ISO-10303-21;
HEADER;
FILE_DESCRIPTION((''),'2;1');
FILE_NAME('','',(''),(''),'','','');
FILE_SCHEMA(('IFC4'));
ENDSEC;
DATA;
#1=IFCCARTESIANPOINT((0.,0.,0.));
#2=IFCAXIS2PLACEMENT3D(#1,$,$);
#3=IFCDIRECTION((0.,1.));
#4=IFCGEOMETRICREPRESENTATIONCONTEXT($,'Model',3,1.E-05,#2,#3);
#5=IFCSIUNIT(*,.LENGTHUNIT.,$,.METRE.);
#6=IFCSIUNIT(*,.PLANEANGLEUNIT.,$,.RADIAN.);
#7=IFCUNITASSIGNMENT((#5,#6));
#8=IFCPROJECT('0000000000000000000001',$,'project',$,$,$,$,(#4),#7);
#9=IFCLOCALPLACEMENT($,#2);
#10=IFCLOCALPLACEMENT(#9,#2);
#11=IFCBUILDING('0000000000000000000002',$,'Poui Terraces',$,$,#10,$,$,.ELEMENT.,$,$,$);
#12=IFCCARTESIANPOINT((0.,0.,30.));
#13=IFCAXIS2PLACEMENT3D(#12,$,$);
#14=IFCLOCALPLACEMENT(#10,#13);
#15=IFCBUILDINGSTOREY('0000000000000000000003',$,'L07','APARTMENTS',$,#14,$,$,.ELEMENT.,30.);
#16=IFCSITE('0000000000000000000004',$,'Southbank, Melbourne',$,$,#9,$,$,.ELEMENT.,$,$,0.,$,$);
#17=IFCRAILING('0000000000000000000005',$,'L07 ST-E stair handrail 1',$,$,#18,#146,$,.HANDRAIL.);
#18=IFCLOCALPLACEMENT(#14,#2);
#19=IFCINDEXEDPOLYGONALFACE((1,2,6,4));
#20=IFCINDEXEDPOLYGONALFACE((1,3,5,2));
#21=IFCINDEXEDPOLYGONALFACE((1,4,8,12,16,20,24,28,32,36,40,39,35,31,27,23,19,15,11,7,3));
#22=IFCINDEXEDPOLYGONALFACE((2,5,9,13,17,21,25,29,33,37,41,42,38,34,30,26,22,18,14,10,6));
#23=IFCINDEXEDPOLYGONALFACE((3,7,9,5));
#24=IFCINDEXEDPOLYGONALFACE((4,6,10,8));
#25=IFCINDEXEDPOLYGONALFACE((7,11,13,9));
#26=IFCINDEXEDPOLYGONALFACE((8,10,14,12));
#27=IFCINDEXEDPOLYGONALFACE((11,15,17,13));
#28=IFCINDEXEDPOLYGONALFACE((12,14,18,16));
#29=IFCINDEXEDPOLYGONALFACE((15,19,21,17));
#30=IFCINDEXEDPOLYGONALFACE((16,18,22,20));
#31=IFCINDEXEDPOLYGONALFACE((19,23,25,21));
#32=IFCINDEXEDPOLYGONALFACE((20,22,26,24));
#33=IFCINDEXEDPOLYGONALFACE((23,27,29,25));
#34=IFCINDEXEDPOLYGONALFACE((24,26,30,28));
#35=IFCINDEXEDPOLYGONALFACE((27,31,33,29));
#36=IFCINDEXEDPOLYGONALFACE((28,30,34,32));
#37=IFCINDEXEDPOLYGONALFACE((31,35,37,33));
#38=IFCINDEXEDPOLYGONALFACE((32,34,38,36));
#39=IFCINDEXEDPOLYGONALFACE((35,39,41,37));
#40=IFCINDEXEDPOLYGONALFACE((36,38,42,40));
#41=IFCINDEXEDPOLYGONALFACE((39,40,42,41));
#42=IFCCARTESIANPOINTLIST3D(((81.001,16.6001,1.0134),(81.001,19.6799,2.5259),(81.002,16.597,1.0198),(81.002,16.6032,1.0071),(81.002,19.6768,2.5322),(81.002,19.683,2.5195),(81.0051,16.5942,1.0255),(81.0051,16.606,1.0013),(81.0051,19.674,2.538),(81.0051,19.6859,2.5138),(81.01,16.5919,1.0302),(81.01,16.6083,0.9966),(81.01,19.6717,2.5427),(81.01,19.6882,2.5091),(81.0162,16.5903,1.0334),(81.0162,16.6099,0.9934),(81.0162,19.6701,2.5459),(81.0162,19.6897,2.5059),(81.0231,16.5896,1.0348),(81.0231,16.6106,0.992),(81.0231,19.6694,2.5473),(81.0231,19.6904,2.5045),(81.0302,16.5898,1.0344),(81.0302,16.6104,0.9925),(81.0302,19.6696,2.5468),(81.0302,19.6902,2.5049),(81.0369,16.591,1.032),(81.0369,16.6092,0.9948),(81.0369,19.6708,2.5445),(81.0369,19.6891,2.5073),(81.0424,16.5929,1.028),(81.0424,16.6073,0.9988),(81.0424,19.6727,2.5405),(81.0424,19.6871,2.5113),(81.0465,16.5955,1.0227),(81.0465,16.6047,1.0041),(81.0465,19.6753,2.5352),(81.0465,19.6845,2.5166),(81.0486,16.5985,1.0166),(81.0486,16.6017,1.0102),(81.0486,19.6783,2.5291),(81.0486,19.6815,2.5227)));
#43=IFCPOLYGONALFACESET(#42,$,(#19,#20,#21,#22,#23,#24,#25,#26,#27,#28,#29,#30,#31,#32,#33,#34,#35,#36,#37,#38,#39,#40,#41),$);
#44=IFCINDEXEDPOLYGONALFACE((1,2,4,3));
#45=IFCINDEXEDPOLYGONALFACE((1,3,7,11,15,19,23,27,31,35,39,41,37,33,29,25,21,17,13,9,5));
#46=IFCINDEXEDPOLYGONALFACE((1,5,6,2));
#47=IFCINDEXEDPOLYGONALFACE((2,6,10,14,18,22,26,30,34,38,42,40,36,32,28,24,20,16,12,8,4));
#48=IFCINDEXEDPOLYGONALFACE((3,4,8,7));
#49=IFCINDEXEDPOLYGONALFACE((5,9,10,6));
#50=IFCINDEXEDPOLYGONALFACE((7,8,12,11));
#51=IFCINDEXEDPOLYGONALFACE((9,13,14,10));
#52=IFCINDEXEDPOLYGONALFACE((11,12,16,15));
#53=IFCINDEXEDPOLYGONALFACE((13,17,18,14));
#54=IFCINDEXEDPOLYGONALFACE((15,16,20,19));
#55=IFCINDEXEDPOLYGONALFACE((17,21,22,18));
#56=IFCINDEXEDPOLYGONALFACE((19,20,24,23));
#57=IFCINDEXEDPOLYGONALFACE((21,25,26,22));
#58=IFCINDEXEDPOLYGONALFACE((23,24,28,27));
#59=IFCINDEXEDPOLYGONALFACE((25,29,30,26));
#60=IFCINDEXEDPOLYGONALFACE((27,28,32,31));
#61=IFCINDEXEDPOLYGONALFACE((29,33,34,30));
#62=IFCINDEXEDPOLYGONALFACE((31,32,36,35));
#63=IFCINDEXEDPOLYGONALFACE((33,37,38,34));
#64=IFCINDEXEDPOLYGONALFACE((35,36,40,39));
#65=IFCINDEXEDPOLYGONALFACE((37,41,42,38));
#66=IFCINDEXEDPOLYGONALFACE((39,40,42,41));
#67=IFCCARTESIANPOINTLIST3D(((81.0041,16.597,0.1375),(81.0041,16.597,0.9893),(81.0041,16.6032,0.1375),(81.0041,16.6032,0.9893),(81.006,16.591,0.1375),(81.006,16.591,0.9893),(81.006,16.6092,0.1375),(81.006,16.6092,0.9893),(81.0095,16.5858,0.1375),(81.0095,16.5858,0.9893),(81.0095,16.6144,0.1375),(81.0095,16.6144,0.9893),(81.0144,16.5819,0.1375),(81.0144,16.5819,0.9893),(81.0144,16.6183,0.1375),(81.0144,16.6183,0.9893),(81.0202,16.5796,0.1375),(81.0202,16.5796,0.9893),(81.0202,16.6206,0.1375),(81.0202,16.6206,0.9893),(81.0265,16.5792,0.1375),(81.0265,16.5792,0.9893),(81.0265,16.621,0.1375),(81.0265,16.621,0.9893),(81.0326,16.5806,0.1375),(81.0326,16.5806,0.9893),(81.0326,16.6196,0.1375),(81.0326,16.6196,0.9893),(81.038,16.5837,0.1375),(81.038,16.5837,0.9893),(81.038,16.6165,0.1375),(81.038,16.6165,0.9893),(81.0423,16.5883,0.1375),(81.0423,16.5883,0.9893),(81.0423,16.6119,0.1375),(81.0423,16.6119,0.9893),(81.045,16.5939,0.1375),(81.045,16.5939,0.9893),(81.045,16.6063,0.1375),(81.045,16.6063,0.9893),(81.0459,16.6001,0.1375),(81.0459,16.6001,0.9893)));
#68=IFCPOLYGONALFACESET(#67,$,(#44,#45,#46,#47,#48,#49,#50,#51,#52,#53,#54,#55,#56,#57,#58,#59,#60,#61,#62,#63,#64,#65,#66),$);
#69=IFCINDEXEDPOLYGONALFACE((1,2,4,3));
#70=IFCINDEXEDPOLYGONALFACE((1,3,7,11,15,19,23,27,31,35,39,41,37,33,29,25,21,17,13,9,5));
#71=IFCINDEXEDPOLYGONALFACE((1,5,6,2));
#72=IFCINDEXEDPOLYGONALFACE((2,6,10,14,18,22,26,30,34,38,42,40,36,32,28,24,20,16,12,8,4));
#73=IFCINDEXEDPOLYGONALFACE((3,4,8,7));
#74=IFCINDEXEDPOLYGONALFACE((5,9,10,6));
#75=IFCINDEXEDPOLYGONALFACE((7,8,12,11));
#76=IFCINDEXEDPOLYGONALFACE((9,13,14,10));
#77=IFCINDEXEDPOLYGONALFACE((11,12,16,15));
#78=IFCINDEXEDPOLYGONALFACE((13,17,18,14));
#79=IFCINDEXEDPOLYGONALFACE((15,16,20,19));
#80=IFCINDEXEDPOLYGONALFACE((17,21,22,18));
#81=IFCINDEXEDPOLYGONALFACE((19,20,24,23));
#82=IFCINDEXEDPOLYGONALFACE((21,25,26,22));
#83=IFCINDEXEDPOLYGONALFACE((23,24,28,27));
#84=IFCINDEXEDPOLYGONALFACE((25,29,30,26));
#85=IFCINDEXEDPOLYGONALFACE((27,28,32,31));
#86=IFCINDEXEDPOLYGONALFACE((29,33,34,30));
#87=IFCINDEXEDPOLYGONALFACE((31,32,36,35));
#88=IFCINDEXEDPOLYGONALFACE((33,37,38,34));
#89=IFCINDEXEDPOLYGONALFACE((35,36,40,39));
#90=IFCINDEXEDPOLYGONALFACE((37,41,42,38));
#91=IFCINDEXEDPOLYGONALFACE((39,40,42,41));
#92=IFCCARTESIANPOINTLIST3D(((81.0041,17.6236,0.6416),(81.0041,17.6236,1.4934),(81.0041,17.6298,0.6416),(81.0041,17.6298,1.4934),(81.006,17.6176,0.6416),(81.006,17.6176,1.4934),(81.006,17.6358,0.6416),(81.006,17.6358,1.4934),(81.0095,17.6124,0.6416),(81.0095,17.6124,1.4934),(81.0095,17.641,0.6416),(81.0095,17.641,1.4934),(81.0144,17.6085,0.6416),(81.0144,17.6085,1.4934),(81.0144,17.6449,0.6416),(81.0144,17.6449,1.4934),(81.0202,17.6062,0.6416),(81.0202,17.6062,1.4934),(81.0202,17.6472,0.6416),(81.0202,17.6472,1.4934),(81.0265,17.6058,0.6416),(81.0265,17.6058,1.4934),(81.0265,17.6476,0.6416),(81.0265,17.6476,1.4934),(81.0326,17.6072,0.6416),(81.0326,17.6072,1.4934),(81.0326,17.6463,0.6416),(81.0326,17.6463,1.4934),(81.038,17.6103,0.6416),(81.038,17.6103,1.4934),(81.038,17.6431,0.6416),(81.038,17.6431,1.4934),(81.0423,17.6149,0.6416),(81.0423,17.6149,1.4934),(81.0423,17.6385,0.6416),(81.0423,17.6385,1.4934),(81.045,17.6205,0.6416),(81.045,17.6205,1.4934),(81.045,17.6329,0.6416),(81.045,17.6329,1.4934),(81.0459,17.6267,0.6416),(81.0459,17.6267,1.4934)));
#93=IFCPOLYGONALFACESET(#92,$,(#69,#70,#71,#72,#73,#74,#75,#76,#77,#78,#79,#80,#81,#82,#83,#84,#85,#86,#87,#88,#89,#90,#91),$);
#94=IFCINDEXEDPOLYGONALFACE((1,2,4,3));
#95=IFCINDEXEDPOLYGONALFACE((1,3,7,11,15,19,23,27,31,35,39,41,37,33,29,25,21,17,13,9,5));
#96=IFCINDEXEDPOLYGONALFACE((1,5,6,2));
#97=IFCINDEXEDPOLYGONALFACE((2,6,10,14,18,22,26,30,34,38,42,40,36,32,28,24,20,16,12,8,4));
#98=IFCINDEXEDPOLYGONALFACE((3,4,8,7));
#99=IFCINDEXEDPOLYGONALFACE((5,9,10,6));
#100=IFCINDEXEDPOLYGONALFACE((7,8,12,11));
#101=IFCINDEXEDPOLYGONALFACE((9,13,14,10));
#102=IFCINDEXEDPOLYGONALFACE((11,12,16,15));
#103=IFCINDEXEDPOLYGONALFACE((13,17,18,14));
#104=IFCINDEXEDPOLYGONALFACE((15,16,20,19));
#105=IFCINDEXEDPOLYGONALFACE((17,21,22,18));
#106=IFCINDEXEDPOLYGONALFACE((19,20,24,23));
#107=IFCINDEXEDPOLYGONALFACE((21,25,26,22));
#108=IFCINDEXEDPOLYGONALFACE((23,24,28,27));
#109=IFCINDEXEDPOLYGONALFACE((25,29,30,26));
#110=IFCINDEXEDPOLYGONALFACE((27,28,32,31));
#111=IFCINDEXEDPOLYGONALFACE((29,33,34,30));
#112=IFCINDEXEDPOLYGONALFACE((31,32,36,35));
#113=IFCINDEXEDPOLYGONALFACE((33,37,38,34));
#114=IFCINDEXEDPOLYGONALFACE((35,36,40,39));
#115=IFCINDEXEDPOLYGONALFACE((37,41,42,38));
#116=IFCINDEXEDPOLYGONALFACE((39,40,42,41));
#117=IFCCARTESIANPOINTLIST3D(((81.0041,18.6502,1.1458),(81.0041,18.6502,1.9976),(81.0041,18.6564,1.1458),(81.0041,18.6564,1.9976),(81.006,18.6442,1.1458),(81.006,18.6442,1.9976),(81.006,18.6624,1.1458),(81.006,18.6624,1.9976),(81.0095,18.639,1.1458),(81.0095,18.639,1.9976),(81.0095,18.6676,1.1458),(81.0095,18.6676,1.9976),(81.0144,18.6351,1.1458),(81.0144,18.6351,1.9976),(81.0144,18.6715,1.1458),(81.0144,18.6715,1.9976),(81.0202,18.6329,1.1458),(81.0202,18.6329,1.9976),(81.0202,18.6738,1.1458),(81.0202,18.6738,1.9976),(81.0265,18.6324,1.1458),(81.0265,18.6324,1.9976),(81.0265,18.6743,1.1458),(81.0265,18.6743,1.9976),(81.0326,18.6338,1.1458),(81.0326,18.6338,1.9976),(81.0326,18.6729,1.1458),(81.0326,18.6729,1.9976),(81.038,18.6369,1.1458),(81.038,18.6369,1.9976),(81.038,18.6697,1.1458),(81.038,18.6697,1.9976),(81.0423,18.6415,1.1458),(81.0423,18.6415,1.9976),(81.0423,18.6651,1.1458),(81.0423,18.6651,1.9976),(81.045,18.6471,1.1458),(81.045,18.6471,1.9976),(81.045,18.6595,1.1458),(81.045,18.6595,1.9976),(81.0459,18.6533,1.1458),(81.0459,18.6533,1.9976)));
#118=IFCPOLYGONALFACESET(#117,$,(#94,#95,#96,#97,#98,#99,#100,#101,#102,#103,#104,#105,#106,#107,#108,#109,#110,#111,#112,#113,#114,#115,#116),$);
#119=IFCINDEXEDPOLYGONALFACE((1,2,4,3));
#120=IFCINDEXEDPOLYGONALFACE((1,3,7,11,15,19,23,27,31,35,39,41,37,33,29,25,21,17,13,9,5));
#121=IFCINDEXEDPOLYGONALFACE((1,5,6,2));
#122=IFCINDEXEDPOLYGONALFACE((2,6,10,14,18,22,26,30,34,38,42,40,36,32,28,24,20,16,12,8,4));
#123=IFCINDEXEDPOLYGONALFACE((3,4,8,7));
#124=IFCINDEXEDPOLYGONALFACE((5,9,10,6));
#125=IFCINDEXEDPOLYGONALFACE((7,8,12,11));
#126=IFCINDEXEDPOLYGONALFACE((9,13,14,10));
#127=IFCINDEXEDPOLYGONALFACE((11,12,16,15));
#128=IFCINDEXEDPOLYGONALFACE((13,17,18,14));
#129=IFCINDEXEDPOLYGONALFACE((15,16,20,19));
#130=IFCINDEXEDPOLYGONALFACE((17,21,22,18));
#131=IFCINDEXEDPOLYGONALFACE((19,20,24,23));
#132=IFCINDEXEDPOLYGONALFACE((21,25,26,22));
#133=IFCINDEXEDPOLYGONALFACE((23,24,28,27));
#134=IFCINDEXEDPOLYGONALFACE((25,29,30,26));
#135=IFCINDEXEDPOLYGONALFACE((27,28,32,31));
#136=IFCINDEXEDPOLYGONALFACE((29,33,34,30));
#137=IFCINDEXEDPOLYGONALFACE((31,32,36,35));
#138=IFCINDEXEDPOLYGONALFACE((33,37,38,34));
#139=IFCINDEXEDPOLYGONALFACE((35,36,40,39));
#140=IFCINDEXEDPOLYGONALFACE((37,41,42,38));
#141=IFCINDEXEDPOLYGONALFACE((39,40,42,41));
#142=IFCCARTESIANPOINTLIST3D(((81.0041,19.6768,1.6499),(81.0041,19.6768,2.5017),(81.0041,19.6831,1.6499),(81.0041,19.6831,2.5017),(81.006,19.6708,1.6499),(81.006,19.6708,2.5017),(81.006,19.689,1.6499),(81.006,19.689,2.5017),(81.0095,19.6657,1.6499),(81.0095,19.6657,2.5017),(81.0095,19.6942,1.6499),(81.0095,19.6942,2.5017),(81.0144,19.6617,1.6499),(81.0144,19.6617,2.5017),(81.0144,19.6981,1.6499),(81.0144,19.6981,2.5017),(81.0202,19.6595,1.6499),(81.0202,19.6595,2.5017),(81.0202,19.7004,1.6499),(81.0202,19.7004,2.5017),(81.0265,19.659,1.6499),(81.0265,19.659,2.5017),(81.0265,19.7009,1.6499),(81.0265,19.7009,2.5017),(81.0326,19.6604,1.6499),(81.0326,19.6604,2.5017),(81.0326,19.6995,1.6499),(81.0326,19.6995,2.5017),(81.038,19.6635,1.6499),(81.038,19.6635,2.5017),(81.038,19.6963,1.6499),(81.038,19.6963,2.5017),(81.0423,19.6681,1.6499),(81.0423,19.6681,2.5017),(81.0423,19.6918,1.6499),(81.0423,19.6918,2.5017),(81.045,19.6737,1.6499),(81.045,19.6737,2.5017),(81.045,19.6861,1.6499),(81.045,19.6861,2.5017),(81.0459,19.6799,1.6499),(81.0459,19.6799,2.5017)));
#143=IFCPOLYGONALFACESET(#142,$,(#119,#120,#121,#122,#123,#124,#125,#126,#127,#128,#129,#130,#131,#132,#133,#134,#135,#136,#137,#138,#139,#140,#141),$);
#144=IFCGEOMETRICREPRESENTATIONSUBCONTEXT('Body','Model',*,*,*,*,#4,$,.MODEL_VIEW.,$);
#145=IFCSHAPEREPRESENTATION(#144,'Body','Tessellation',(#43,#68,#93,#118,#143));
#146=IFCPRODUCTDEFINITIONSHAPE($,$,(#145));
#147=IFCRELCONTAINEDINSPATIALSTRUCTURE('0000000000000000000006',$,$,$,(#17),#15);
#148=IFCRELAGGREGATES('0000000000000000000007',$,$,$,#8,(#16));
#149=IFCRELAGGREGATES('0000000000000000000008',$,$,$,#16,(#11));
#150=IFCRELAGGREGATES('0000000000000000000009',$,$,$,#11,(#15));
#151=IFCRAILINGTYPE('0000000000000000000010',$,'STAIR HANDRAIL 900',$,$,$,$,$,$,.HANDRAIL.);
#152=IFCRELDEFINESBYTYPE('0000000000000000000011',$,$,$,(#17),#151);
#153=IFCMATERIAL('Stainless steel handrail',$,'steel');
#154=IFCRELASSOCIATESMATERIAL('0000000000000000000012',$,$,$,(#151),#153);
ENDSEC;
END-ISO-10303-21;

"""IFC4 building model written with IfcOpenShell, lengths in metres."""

from ifc_helpers import new_model, si_unit, direction, frame, origin, origin_2d, place, context, subcontext, project, spatial, circle, extrude, material, type_object, element, save


model = new_model("IFC4")

# Units and contexts
model_context = context("Model", 3, precision=1e-05, world=origin(), true_north=direction((0.0, 1.0)))
body_context = subcontext(model_context, "Body", "Model", "MODEL_VIEW")
ifc_project = project(units=[si_unit("LENGTHUNIT", "METRE"), si_unit("PLANEANGLEUNIT", "RADIAN")], contexts=[model_context])

# Site, building, storey
site_placement = place(None, origin())
site = spatial("IfcSite", under=ifc_project, at=site_placement, Name="Southbank, Melbourne", CompositionType="ELEMENT", RefElevation=0.0)
building_placement = place(site_placement, origin())
building = spatial("IfcBuilding", under=site, at=building_placement, Name="Poui Terraces", CompositionType="ELEMENT")
storey_placement = place(building_placement, frame((0.0, 0.0, 30.0)))
storey = spatial("IfcBuildingStorey", under=building, at=storey_placement, Name="L07", Description="APARTMENTS", CompositionType="ELEMENT", Elevation=30.0)

# Railing
ifc_material_1 = material(Name="Stainless steel handrail", Category="steel")
railing_type_1 = type_object("IfcRailingType", Name="STAIR HANDRAIL 900", PredefinedType="HANDRAIL", material=ifc_material_1)
railing_1_placement = place(storey_placement, frame((81.0249, 16.6001, 0.1375)))
element("IfcRailing", 1, at=railing_1_placement, inside=storey, type_object=railing_type_1, Name="L07 ST-E stair handrail 1", PredefinedType="HANDRAIL", context=body_context, shape_type="SweptSolid", body=[
    extrude(circle(Radius=0.0239, at=origin_2d()), frame((0.0, 0.0, 0.876), z_axis=(0.0, 0.897606, 0.440798), x_axis=(-1.0, 0.0, 0.0)), (0.0, 0.0, 1.0), 3.4312),
    extrude(circle(Radius=0.021, at=origin_2d()), origin(), (0.0, 0.0, 1.0), 0.8518),
    extrude(circle(Radius=0.021, at=origin_2d()), frame((0.0, 1.0266, 0.5042)), (0.0, 0.0, 1.0), 0.8518),
    extrude(circle(Radius=0.021, at=origin_2d()), frame((0.0, 2.0532, 1.0083)), (0.0, 0.0, 1.0), 0.8518),
    extrude(circle(Radius=0.021, at=origin_2d()), frame((0.0, 3.0798, 1.5125)), (0.0, 0.0, 1.0), 0.8518),
])

save(model, "model.ifc")
